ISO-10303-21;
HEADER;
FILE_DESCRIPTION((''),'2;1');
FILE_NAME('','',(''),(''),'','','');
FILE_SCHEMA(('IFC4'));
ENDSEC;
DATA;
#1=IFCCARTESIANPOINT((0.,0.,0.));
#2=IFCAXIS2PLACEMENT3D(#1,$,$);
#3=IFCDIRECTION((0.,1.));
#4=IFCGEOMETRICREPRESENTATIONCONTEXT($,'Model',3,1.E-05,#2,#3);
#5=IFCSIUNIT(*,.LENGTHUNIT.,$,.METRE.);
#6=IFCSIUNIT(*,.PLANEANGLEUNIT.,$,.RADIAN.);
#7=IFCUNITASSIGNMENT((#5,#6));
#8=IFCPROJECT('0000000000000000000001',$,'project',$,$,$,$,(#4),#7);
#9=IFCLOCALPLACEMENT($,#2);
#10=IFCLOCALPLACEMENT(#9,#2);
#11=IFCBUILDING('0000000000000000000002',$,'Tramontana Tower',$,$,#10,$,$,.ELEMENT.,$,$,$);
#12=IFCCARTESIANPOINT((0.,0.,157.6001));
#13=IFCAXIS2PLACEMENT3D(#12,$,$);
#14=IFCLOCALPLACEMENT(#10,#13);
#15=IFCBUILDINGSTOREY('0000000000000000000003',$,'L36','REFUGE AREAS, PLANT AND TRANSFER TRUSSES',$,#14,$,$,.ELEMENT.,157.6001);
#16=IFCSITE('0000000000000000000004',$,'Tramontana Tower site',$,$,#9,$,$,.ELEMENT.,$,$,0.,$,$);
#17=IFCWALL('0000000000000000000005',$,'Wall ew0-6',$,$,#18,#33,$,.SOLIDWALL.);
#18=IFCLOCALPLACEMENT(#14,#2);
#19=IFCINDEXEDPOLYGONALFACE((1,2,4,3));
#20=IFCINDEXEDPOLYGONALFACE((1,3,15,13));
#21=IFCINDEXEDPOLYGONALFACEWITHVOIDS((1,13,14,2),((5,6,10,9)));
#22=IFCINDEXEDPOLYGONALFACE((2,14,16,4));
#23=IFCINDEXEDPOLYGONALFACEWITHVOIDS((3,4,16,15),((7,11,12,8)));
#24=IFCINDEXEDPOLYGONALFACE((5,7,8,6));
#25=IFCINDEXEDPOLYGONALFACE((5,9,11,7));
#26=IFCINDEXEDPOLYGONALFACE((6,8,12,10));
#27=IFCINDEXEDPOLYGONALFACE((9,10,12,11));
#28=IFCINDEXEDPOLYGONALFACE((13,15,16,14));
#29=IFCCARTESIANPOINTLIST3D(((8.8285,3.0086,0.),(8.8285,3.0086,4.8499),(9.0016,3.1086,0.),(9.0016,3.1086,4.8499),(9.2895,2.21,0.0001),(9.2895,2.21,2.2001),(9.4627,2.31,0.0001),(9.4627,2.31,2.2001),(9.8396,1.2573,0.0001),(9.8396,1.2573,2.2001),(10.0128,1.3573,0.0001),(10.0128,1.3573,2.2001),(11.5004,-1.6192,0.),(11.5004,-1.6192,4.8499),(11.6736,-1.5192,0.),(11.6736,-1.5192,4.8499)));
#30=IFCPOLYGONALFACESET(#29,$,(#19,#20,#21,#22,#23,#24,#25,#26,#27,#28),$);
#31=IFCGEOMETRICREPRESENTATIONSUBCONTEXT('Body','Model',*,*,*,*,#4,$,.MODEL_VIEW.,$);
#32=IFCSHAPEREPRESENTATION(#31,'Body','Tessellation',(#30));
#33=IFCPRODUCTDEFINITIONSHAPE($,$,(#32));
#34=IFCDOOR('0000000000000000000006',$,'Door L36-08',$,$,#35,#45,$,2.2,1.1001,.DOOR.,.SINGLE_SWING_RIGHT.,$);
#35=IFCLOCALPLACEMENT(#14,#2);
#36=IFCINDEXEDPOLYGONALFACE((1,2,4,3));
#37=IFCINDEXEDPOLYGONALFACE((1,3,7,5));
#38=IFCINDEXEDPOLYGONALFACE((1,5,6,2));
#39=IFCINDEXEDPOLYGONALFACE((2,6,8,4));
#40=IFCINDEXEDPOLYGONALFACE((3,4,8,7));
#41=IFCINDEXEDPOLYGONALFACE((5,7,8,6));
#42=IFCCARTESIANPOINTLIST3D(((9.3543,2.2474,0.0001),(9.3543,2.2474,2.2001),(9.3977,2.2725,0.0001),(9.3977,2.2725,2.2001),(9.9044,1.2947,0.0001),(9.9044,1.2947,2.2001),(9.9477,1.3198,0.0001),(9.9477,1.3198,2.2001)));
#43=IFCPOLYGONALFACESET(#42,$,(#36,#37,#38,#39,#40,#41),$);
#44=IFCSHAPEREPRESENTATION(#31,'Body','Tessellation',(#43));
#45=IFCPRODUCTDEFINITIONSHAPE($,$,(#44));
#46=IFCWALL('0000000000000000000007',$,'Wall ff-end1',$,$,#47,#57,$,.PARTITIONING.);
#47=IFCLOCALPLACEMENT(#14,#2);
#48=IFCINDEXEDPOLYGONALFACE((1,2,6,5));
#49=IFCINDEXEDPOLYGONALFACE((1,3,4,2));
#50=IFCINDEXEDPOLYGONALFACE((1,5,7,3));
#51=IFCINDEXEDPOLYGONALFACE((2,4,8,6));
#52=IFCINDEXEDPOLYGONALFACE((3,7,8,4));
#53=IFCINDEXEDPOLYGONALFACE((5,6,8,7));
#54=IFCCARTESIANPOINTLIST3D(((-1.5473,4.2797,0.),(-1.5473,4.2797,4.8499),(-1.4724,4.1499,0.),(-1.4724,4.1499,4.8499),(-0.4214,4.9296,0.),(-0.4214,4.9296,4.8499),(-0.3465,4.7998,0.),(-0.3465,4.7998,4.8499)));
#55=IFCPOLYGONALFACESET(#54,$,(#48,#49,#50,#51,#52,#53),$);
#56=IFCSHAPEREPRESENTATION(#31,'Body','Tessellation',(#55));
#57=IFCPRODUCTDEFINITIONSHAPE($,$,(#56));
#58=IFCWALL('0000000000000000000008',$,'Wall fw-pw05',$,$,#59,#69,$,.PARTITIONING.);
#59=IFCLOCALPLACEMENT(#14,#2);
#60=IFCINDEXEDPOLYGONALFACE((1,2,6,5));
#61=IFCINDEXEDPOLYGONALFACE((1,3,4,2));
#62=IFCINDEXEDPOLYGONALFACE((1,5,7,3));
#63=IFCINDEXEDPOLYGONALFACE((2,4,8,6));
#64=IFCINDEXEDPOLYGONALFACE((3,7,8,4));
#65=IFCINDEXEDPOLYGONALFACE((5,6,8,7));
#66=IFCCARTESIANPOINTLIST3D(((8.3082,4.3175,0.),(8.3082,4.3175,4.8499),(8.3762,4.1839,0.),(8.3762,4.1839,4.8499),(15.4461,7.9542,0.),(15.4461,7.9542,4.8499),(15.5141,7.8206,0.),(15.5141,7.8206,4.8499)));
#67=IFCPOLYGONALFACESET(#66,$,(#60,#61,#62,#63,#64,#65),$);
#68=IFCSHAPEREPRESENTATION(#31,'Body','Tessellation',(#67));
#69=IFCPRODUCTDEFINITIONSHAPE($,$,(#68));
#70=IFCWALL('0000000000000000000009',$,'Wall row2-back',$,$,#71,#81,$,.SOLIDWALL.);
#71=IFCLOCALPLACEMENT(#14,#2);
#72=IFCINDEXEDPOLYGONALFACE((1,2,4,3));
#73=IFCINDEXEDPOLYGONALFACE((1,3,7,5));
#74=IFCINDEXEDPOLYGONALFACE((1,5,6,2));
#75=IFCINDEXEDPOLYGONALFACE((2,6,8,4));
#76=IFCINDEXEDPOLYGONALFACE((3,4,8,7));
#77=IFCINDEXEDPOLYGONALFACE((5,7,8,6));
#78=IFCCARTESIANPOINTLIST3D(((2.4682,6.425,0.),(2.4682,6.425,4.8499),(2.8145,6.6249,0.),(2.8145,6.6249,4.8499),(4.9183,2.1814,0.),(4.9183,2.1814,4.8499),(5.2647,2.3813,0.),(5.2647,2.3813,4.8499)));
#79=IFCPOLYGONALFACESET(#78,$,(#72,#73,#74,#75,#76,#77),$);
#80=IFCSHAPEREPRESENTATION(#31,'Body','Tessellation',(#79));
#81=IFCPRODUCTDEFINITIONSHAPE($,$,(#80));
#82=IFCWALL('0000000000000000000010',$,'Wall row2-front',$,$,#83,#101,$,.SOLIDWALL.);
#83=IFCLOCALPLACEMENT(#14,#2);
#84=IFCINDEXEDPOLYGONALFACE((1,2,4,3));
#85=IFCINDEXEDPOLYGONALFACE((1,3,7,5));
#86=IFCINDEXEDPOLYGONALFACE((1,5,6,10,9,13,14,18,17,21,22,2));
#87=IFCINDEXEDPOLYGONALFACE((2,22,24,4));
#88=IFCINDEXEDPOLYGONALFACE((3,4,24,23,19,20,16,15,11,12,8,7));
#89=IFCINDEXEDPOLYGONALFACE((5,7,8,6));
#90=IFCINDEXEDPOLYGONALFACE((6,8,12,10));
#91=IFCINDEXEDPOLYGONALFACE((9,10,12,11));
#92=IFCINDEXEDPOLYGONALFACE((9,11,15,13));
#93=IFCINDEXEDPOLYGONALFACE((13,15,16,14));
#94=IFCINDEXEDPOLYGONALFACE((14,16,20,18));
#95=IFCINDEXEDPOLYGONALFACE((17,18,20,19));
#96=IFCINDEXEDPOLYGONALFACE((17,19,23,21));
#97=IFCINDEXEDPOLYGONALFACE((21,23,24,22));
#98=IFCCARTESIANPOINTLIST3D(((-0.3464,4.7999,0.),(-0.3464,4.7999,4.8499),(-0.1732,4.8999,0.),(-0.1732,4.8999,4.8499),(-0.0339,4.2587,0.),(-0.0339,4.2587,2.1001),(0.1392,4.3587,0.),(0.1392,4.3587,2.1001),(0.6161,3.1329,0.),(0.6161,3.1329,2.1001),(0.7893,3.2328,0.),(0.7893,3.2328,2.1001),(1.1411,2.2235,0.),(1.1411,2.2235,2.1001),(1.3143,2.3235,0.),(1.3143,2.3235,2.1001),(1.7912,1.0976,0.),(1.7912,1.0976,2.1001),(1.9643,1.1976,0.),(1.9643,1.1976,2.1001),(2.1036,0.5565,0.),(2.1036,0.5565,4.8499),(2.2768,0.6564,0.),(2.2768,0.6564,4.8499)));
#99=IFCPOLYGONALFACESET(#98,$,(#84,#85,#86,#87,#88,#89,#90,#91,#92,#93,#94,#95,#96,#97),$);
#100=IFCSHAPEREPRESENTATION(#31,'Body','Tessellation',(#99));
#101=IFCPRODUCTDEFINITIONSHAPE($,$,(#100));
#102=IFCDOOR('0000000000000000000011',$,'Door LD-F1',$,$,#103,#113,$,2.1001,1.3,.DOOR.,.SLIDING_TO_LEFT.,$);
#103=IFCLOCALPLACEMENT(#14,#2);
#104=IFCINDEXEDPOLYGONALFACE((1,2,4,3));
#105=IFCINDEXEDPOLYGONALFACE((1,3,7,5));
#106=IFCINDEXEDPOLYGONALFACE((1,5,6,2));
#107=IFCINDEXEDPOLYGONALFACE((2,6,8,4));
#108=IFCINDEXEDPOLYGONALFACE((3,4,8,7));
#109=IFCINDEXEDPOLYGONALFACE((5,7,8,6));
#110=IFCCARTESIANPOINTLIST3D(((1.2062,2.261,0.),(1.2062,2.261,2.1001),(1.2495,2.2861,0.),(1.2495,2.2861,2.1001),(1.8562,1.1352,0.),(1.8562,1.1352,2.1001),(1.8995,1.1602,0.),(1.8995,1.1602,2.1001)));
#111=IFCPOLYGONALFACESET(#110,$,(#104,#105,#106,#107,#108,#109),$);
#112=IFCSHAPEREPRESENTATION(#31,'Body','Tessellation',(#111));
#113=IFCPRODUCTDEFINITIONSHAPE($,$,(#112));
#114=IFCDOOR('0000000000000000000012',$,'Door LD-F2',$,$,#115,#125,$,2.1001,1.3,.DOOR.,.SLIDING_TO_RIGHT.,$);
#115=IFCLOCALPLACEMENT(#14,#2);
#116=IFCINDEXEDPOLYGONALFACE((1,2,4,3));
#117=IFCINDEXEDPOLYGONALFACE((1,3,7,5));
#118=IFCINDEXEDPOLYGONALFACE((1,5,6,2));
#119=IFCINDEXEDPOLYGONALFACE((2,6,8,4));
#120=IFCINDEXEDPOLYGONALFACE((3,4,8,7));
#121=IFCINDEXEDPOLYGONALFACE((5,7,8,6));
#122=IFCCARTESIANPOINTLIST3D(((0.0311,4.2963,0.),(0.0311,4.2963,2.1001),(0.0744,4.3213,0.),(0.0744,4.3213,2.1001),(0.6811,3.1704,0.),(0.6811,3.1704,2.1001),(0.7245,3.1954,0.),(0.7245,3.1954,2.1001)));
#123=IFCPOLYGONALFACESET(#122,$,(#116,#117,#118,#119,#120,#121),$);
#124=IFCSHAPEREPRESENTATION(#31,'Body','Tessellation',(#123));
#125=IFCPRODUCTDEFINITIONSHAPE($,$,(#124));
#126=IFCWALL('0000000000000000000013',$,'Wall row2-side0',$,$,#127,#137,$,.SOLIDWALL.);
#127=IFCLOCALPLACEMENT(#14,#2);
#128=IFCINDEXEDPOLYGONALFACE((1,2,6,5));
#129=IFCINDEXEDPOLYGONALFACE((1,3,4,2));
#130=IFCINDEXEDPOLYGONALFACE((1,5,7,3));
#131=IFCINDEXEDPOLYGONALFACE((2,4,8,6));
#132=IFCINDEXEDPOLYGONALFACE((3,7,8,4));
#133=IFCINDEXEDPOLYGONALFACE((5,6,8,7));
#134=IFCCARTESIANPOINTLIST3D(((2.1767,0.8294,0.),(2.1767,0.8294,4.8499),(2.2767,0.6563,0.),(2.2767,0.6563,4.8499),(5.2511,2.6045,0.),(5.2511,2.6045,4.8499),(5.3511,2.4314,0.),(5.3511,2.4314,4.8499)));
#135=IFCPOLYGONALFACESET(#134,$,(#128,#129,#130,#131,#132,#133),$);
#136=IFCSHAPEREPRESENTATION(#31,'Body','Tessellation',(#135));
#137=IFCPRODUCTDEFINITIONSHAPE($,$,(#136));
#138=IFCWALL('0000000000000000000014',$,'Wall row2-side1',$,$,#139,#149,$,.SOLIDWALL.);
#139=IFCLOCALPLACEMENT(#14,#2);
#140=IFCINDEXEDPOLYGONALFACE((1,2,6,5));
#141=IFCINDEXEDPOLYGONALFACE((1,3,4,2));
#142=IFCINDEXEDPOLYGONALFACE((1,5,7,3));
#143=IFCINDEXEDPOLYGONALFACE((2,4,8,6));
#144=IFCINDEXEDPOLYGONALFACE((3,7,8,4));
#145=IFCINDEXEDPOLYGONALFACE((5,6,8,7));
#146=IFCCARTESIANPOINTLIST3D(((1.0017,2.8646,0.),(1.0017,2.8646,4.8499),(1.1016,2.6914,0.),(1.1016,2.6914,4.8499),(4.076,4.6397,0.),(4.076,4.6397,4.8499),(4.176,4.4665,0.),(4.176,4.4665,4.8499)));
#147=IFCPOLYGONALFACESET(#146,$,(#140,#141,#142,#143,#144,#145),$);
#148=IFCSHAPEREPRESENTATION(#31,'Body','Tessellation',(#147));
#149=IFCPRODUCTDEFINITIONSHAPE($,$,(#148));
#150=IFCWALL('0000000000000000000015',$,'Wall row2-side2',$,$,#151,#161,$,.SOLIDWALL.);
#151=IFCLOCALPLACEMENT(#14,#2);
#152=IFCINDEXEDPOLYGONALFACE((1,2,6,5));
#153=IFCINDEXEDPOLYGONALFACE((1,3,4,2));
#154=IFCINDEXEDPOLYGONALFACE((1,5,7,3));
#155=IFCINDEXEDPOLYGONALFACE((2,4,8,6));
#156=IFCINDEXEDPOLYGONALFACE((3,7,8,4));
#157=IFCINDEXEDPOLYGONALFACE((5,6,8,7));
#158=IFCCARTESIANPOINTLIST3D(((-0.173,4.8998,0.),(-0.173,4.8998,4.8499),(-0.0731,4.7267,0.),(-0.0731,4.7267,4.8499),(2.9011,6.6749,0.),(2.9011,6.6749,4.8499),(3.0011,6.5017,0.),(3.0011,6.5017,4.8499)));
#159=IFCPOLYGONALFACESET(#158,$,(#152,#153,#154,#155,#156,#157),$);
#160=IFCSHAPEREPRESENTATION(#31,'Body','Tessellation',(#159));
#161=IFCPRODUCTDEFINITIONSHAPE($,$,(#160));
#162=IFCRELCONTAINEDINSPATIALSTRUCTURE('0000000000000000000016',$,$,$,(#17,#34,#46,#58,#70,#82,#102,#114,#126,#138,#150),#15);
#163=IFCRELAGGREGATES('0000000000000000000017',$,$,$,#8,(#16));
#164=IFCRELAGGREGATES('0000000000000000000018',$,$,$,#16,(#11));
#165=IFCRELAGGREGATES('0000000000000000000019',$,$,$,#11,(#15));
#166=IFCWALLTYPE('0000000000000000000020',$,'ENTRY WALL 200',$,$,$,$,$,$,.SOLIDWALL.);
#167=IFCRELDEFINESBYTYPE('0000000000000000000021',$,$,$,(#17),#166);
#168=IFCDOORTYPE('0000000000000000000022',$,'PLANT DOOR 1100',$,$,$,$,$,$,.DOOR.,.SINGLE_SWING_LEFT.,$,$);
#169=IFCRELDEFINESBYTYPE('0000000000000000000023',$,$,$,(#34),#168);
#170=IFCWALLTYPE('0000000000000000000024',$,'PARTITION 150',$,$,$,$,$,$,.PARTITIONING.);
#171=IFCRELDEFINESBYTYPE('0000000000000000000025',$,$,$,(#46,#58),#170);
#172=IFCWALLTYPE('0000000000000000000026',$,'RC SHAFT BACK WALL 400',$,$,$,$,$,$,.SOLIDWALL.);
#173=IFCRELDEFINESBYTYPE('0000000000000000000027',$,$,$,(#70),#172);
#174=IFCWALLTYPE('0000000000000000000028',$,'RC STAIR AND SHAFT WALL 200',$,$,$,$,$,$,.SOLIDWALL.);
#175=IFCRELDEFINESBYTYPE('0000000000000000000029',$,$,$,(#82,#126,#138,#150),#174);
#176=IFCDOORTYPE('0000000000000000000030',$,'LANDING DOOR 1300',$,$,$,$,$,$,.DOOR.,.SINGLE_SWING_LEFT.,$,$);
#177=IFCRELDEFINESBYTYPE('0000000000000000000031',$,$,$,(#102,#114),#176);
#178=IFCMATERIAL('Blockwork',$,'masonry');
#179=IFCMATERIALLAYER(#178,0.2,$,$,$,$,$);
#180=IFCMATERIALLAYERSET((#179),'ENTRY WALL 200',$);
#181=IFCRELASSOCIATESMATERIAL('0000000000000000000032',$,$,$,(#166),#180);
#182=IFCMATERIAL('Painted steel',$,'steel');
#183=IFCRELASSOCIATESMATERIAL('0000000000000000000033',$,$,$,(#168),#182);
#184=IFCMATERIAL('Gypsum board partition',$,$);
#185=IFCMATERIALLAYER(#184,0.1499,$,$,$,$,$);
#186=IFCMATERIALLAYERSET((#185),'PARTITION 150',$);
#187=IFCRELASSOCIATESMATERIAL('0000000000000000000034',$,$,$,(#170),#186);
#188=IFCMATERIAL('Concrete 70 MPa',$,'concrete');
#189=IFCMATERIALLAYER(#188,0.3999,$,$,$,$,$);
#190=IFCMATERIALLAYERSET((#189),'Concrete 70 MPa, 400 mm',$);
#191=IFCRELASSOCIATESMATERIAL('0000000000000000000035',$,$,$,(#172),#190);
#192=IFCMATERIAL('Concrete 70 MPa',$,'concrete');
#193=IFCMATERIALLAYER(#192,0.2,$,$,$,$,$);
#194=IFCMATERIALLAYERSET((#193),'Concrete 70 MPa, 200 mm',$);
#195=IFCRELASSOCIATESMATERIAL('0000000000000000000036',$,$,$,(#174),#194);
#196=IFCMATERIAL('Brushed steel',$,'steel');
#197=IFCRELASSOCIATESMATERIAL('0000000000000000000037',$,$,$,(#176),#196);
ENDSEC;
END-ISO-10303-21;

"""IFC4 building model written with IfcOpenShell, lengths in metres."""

from ifc_helpers import new_model, si_unit, direction, frame, frame_2d, origin, place, context, subcontext, project, spatial, rectangle, extrude, material, layer, layer_set, type_object, element, fill, save


model = new_model("IFC4")

# Units and contexts
model_context = context("Model", 3, precision=1e-05, world=origin(), true_north=direction((0.0, 1.0)))
body_context = subcontext(model_context, "Body", "Model", "MODEL_VIEW")
ifc_project = project(units=[si_unit("LENGTHUNIT", "METRE"), si_unit("PLANEANGLEUNIT", "RADIAN")], contexts=[model_context])

# Site, building, storey
site_placement = place(None, origin())
site = spatial("IfcSite", under=ifc_project, at=site_placement, Name="Tramontana Tower site", CompositionType="ELEMENT", RefElevation=0.0)
building_placement = place(site_placement, origin())
building = spatial("IfcBuilding", under=site, at=building_placement, Name="Tramontana Tower", CompositionType="ELEMENT")
storey_placement = place(building_placement, frame((0.0, 0.0, 157.6001)))
storey = spatial("IfcBuildingStorey", under=building, at=storey_placement, Name="L36", Description="REFUGE AREAS, PLANT AND TRANSFER TRUSSES", CompositionType="ELEMENT", Elevation=157.6001)

# Shared definitions
ifc_material_1 = material(Name="Blockwork", Category="masonry")
ifc_layer_1 = layer(ifc_material_1, 0.2)
ifc_layer_set_1 = layer_set([ifc_layer_1], Name="ENTRY WALL 200")
wall_type_1 = type_object("IfcWallType", Name="ENTRY WALL 200", PredefinedType="SOLIDWALL", material=ifc_layer_set_1)

# Wall, opening, door
wall_1_placement = place(storey_placement, frame((8.915, 3.0586, 0.0), z_axis=(0.0, 0.0, 1.0), x_axis=(0.500011, -0.866019, 0.0)))
wall_1 = element("IfcWall", 1, at=wall_1_placement, inside=storey, type_object=wall_type_1, Name="Wall ew0-6", PredefinedType="SOLIDWALL", context=body_context, shape_type="SweptSolid", body=[
    extrude(rectangle(XDim=5.3438, YDim=0.2, at=frame_2d((2.6719, 0.0))), origin(), (0.0, 0.0, 1.0), 4.8499),
])
opening_1_placement = place(wall_1_placement, frame((0.9221, 0.0, 0.0)))
opening_1 = element("IfcOpeningElement", 2, at=opening_1_placement, cuts=wall_1, PredefinedType="OPENING", context=body_context, shape_type="SweptSolid", body=[
    extrude(rectangle(XDim=1.1001, YDim=2.2, at=frame_2d((0.55, 1.1001))), frame((0.0, 0.1099, 0.0), z_axis=(0.0, -1.0, 0.0), x_axis=(1.0, 0.0, 0.0)), (0.0, 0.0, 1.0), 0.22),
])
ifc_material_2 = material(Name="Painted steel", Category="steel")
door_type_1 = type_object("IfcDoorType", Name="PLANT DOOR 1100", OperationType="SINGLE_SWING_LEFT", PredefinedType="DOOR", material=ifc_material_2)
door_1_placement = place(opening_1_placement, origin())
door_1 = element("IfcDoor", 3, at=door_1_placement, inside=storey, type_object=door_type_1, Name="Door L36-08", OperationType="SINGLE_SWING_RIGHT", OverallHeight=2.2, OverallWidth=1.1001, PredefinedType="DOOR", context=body_context, shape_type="SweptSolid", body=[
    extrude(rectangle(XDim=1.1001, YDim=2.2, at=frame_2d((0.55, 1.1001))), frame((0.0, 0.0249, 0.0), z_axis=(0.0, -1.0, 0.0), x_axis=(1.0, 0.0, 0.0)), (0.0, 0.0, 1.0), 0.05),
])
fill(opening_1, door_1)

# Walls
ifc_material_3 = material(Name="Gypsum board partition")
ifc_layer_2 = layer(ifc_material_3, 0.1499)
ifc_layer_set_2 = layer_set([ifc_layer_2], Name="PARTITION 150")
wall_type_2 = type_object("IfcWallType", Name="PARTITION 150", PredefinedType="PARTITIONING", material=ifc_layer_set_2)
wall_2_placement = place(storey_placement, frame((-1.5098, 4.2148, 0.0), z_axis=(0.0, 0.0, 1.0), x_axis=(0.866086, 0.499896, 0.0)))
element("IfcWall", 4, at=wall_2_placement, inside=storey, type_object=wall_type_2, Name="Wall ff-end1", PredefinedType="PARTITIONING", context=body_context, shape_type="SweptSolid", body=[
    extrude(rectangle(XDim=1.3, YDim=0.1499, at=frame_2d((0.6499, 0.0))), origin(), (0.0, 0.0, 1.0), 4.8499),
])
wall_3_placement = place(storey_placement, frame((8.3423, 4.2507, 0.0), z_axis=(0.0, 0.0, 1.0), x_axis=(0.891019, 0.453966, 0.0)))
element("IfcWall", 5, at=wall_3_placement, inside=storey, type_object=wall_type_2, Name="Wall fw-pw05", PredefinedType="PARTITIONING", context=body_context, shape_type="SweptSolid", body=[
    extrude(rectangle(XDim=8.011, YDim=0.1499, at=frame_2d((4.0054, 0.0))), origin(), (0.0, 0.0, 1.0), 4.8499),
])
ifc_material_4 = material(Name="Concrete 70 MPa", Category="concrete")
ifc_layer_3 = layer(ifc_material_4, 0.3999)
ifc_layer_set_3 = layer_set([ifc_layer_3], Name="Concrete 70 MPa, 400 mm")
wall_type_3 = type_object("IfcWallType", Name="RC SHAFT BACK WALL 400", PredefinedType="SOLIDWALL", material=ifc_layer_set_3)
wall_4_placement = place(storey_placement, frame((5.0916, 2.2812, 0.0), z_axis=(0.0, 0.0, 1.0), x_axis=(-0.500019, 0.866015, 0.0)))
element("IfcWall", 6, at=wall_4_placement, inside=storey, type_object=wall_type_3, Name="Wall row2-back", PredefinedType="SOLIDWALL", context=body_context, shape_type="SweptSolid", body=[
    extrude(rectangle(XDim=4.9001, YDim=0.3999, at=frame_2d((2.4502, 0.0))), origin(), (0.0, 0.0, 1.0), 4.8499),
])

# Wall, openings, doors
ifc_material_5 = material(Name="Concrete 70 MPa", Category="concrete")
ifc_layer_4 = layer(ifc_material_5, 0.2)
ifc_layer_set_4 = layer_set([ifc_layer_4], Name="Concrete 70 MPa, 200 mm")
wall_type_4 = type_object("IfcWallType", Name="RC STAIR AND SHAFT WALL 200", PredefinedType="SOLIDWALL", material=ifc_layer_set_4)
wall_5_placement = place(storey_placement, frame((2.1902, 0.6064, 0.0), z_axis=(0.0, 0.0, 1.0), x_axis=(-0.500003, 0.866024, 0.0)))
wall_5 = element("IfcWall", 7, at=wall_5_placement, inside=storey, type_object=wall_type_4, Name="Wall row2-front", PredefinedType="SOLIDWALL", context=body_context, shape_type="SweptSolid", body=[
    extrude(rectangle(XDim=4.8999, YDim=0.2, at=frame_2d((2.45, 0.0))), origin(), (0.0, 0.0, 1.0), 4.8499),
])
opening_2_placement = place(wall_5_placement, frame((0.625, 0.0, 0.0)))
opening_2 = element("IfcOpeningElement", 8, at=opening_2_placement, cuts=wall_5, PredefinedType="OPENING", context=body_context, shape_type="SweptSolid", body=[
    extrude(rectangle(XDim=1.3, YDim=2.1001, at=frame_2d((0.6499, 1.05))), frame((0.0, 0.1099, 0.0), z_axis=(0.0, -1.0, 0.0), x_axis=(1.0, 0.0, 0.0)), (0.0, 0.0, 1.0), 0.22),
])
opening_3_placement = place(wall_5_placement, frame((2.9751, 0.0, 0.0)))
opening_3 = element("IfcOpeningElement", 9, at=opening_3_placement, cuts=wall_5, PredefinedType="OPENING", context=body_context, shape_type="SweptSolid", body=[
    extrude(rectangle(XDim=1.3, YDim=2.1001, at=frame_2d((0.6499, 1.05))), frame((0.0, 0.1099, 0.0), z_axis=(0.0, -1.0, 0.0), x_axis=(1.0, 0.0, 0.0)), (0.0, 0.0, 1.0), 0.22),
])
ifc_material_6 = material(Name="Brushed steel", Category="steel")
door_type_2 = type_object("IfcDoorType", Name="LANDING DOOR 1300", OperationType="SINGLE_SWING_LEFT", PredefinedType="DOOR", material=ifc_material_6)
door_2_placement = place(opening_2_placement, origin())
door_2 = element("IfcDoor", 10, at=door_2_placement, inside=storey, type_object=door_type_2, Name="Door LD-F1", OperationType="SLIDING_TO_LEFT", OverallHeight=2.1001, OverallWidth=1.3, PredefinedType="DOOR", context=body_context, shape_type="SweptSolid", body=[
    extrude(rectangle(XDim=1.3, YDim=2.1001, at=frame_2d((0.6499, 1.05))), frame((0.0, 0.0249, 0.0), z_axis=(0.0, -1.0, 0.0), x_axis=(1.0, 0.0, 0.0)), (0.0, 0.0, 1.0), 0.05),
])
fill(opening_2, door_2)
door_3_placement = place(opening_3_placement, origin())
door_3 = element("IfcDoor", 11, at=door_3_placement, inside=storey, type_object=door_type_2, Name="Door LD-F2", OperationType="SLIDING_TO_RIGHT", OverallHeight=2.1001, OverallWidth=1.3, PredefinedType="DOOR", context=body_context, shape_type="SweptSolid", body=[
    extrude(rectangle(XDim=1.3, YDim=2.1001, at=frame_2d((0.6499, 1.05))), frame((0.0, 0.0249, 0.0), z_axis=(0.0, -1.0, 0.0), x_axis=(1.0, 0.0, 0.0)), (0.0, 0.0, 1.0), 0.05),
])
fill(opening_3, door_3)

# Walls
for number, where, z_axis, x_axis, name in (
    (12, (2.2268, 0.7429, 0.0), (0.0, 0.0, 1.0), (0.866013, 0.500022, 0.0), "Wall row2-side0"),
    (13, (1.0518, 2.7781, 0.0), (0.0, 0.0, 1.0), (0.866013, 0.500022, 0.0), "Wall row2-side1"),
):
    element("IfcWall", number, at=place(storey_placement, frame(where, z_axis=z_axis, x_axis=x_axis)), inside=storey, type_object=wall_type_4, Name=name, PredefinedType="SOLIDWALL", context=body_context, shape_type="SweptSolid", body=[
        extrude(rectangle(XDim=3.55, YDim=0.2, at=frame_2d((1.7749, 0.0))), origin(), (0.0, 0.0, 1.0), 4.8499),
    ])
wall_6_placement = place(storey_placement, frame((-0.123, 4.8132, 0.0), z_axis=(0.0, 0.0, 1.0), x_axis=(0.865995, 0.500052, 0.0)))
element("IfcWall", 14, at=wall_6_placement, inside=storey, type_object=wall_type_4, Name="Wall row2-side2", PredefinedType="SOLIDWALL", context=body_context, shape_type="SweptSolid", body=[
    extrude(rectangle(XDim=3.5498, YDim=0.2, at=frame_2d((1.7749, 0.0))), origin(), (0.0, 0.0, 1.0), 4.8499),
])

save(model, "model.ifc")
